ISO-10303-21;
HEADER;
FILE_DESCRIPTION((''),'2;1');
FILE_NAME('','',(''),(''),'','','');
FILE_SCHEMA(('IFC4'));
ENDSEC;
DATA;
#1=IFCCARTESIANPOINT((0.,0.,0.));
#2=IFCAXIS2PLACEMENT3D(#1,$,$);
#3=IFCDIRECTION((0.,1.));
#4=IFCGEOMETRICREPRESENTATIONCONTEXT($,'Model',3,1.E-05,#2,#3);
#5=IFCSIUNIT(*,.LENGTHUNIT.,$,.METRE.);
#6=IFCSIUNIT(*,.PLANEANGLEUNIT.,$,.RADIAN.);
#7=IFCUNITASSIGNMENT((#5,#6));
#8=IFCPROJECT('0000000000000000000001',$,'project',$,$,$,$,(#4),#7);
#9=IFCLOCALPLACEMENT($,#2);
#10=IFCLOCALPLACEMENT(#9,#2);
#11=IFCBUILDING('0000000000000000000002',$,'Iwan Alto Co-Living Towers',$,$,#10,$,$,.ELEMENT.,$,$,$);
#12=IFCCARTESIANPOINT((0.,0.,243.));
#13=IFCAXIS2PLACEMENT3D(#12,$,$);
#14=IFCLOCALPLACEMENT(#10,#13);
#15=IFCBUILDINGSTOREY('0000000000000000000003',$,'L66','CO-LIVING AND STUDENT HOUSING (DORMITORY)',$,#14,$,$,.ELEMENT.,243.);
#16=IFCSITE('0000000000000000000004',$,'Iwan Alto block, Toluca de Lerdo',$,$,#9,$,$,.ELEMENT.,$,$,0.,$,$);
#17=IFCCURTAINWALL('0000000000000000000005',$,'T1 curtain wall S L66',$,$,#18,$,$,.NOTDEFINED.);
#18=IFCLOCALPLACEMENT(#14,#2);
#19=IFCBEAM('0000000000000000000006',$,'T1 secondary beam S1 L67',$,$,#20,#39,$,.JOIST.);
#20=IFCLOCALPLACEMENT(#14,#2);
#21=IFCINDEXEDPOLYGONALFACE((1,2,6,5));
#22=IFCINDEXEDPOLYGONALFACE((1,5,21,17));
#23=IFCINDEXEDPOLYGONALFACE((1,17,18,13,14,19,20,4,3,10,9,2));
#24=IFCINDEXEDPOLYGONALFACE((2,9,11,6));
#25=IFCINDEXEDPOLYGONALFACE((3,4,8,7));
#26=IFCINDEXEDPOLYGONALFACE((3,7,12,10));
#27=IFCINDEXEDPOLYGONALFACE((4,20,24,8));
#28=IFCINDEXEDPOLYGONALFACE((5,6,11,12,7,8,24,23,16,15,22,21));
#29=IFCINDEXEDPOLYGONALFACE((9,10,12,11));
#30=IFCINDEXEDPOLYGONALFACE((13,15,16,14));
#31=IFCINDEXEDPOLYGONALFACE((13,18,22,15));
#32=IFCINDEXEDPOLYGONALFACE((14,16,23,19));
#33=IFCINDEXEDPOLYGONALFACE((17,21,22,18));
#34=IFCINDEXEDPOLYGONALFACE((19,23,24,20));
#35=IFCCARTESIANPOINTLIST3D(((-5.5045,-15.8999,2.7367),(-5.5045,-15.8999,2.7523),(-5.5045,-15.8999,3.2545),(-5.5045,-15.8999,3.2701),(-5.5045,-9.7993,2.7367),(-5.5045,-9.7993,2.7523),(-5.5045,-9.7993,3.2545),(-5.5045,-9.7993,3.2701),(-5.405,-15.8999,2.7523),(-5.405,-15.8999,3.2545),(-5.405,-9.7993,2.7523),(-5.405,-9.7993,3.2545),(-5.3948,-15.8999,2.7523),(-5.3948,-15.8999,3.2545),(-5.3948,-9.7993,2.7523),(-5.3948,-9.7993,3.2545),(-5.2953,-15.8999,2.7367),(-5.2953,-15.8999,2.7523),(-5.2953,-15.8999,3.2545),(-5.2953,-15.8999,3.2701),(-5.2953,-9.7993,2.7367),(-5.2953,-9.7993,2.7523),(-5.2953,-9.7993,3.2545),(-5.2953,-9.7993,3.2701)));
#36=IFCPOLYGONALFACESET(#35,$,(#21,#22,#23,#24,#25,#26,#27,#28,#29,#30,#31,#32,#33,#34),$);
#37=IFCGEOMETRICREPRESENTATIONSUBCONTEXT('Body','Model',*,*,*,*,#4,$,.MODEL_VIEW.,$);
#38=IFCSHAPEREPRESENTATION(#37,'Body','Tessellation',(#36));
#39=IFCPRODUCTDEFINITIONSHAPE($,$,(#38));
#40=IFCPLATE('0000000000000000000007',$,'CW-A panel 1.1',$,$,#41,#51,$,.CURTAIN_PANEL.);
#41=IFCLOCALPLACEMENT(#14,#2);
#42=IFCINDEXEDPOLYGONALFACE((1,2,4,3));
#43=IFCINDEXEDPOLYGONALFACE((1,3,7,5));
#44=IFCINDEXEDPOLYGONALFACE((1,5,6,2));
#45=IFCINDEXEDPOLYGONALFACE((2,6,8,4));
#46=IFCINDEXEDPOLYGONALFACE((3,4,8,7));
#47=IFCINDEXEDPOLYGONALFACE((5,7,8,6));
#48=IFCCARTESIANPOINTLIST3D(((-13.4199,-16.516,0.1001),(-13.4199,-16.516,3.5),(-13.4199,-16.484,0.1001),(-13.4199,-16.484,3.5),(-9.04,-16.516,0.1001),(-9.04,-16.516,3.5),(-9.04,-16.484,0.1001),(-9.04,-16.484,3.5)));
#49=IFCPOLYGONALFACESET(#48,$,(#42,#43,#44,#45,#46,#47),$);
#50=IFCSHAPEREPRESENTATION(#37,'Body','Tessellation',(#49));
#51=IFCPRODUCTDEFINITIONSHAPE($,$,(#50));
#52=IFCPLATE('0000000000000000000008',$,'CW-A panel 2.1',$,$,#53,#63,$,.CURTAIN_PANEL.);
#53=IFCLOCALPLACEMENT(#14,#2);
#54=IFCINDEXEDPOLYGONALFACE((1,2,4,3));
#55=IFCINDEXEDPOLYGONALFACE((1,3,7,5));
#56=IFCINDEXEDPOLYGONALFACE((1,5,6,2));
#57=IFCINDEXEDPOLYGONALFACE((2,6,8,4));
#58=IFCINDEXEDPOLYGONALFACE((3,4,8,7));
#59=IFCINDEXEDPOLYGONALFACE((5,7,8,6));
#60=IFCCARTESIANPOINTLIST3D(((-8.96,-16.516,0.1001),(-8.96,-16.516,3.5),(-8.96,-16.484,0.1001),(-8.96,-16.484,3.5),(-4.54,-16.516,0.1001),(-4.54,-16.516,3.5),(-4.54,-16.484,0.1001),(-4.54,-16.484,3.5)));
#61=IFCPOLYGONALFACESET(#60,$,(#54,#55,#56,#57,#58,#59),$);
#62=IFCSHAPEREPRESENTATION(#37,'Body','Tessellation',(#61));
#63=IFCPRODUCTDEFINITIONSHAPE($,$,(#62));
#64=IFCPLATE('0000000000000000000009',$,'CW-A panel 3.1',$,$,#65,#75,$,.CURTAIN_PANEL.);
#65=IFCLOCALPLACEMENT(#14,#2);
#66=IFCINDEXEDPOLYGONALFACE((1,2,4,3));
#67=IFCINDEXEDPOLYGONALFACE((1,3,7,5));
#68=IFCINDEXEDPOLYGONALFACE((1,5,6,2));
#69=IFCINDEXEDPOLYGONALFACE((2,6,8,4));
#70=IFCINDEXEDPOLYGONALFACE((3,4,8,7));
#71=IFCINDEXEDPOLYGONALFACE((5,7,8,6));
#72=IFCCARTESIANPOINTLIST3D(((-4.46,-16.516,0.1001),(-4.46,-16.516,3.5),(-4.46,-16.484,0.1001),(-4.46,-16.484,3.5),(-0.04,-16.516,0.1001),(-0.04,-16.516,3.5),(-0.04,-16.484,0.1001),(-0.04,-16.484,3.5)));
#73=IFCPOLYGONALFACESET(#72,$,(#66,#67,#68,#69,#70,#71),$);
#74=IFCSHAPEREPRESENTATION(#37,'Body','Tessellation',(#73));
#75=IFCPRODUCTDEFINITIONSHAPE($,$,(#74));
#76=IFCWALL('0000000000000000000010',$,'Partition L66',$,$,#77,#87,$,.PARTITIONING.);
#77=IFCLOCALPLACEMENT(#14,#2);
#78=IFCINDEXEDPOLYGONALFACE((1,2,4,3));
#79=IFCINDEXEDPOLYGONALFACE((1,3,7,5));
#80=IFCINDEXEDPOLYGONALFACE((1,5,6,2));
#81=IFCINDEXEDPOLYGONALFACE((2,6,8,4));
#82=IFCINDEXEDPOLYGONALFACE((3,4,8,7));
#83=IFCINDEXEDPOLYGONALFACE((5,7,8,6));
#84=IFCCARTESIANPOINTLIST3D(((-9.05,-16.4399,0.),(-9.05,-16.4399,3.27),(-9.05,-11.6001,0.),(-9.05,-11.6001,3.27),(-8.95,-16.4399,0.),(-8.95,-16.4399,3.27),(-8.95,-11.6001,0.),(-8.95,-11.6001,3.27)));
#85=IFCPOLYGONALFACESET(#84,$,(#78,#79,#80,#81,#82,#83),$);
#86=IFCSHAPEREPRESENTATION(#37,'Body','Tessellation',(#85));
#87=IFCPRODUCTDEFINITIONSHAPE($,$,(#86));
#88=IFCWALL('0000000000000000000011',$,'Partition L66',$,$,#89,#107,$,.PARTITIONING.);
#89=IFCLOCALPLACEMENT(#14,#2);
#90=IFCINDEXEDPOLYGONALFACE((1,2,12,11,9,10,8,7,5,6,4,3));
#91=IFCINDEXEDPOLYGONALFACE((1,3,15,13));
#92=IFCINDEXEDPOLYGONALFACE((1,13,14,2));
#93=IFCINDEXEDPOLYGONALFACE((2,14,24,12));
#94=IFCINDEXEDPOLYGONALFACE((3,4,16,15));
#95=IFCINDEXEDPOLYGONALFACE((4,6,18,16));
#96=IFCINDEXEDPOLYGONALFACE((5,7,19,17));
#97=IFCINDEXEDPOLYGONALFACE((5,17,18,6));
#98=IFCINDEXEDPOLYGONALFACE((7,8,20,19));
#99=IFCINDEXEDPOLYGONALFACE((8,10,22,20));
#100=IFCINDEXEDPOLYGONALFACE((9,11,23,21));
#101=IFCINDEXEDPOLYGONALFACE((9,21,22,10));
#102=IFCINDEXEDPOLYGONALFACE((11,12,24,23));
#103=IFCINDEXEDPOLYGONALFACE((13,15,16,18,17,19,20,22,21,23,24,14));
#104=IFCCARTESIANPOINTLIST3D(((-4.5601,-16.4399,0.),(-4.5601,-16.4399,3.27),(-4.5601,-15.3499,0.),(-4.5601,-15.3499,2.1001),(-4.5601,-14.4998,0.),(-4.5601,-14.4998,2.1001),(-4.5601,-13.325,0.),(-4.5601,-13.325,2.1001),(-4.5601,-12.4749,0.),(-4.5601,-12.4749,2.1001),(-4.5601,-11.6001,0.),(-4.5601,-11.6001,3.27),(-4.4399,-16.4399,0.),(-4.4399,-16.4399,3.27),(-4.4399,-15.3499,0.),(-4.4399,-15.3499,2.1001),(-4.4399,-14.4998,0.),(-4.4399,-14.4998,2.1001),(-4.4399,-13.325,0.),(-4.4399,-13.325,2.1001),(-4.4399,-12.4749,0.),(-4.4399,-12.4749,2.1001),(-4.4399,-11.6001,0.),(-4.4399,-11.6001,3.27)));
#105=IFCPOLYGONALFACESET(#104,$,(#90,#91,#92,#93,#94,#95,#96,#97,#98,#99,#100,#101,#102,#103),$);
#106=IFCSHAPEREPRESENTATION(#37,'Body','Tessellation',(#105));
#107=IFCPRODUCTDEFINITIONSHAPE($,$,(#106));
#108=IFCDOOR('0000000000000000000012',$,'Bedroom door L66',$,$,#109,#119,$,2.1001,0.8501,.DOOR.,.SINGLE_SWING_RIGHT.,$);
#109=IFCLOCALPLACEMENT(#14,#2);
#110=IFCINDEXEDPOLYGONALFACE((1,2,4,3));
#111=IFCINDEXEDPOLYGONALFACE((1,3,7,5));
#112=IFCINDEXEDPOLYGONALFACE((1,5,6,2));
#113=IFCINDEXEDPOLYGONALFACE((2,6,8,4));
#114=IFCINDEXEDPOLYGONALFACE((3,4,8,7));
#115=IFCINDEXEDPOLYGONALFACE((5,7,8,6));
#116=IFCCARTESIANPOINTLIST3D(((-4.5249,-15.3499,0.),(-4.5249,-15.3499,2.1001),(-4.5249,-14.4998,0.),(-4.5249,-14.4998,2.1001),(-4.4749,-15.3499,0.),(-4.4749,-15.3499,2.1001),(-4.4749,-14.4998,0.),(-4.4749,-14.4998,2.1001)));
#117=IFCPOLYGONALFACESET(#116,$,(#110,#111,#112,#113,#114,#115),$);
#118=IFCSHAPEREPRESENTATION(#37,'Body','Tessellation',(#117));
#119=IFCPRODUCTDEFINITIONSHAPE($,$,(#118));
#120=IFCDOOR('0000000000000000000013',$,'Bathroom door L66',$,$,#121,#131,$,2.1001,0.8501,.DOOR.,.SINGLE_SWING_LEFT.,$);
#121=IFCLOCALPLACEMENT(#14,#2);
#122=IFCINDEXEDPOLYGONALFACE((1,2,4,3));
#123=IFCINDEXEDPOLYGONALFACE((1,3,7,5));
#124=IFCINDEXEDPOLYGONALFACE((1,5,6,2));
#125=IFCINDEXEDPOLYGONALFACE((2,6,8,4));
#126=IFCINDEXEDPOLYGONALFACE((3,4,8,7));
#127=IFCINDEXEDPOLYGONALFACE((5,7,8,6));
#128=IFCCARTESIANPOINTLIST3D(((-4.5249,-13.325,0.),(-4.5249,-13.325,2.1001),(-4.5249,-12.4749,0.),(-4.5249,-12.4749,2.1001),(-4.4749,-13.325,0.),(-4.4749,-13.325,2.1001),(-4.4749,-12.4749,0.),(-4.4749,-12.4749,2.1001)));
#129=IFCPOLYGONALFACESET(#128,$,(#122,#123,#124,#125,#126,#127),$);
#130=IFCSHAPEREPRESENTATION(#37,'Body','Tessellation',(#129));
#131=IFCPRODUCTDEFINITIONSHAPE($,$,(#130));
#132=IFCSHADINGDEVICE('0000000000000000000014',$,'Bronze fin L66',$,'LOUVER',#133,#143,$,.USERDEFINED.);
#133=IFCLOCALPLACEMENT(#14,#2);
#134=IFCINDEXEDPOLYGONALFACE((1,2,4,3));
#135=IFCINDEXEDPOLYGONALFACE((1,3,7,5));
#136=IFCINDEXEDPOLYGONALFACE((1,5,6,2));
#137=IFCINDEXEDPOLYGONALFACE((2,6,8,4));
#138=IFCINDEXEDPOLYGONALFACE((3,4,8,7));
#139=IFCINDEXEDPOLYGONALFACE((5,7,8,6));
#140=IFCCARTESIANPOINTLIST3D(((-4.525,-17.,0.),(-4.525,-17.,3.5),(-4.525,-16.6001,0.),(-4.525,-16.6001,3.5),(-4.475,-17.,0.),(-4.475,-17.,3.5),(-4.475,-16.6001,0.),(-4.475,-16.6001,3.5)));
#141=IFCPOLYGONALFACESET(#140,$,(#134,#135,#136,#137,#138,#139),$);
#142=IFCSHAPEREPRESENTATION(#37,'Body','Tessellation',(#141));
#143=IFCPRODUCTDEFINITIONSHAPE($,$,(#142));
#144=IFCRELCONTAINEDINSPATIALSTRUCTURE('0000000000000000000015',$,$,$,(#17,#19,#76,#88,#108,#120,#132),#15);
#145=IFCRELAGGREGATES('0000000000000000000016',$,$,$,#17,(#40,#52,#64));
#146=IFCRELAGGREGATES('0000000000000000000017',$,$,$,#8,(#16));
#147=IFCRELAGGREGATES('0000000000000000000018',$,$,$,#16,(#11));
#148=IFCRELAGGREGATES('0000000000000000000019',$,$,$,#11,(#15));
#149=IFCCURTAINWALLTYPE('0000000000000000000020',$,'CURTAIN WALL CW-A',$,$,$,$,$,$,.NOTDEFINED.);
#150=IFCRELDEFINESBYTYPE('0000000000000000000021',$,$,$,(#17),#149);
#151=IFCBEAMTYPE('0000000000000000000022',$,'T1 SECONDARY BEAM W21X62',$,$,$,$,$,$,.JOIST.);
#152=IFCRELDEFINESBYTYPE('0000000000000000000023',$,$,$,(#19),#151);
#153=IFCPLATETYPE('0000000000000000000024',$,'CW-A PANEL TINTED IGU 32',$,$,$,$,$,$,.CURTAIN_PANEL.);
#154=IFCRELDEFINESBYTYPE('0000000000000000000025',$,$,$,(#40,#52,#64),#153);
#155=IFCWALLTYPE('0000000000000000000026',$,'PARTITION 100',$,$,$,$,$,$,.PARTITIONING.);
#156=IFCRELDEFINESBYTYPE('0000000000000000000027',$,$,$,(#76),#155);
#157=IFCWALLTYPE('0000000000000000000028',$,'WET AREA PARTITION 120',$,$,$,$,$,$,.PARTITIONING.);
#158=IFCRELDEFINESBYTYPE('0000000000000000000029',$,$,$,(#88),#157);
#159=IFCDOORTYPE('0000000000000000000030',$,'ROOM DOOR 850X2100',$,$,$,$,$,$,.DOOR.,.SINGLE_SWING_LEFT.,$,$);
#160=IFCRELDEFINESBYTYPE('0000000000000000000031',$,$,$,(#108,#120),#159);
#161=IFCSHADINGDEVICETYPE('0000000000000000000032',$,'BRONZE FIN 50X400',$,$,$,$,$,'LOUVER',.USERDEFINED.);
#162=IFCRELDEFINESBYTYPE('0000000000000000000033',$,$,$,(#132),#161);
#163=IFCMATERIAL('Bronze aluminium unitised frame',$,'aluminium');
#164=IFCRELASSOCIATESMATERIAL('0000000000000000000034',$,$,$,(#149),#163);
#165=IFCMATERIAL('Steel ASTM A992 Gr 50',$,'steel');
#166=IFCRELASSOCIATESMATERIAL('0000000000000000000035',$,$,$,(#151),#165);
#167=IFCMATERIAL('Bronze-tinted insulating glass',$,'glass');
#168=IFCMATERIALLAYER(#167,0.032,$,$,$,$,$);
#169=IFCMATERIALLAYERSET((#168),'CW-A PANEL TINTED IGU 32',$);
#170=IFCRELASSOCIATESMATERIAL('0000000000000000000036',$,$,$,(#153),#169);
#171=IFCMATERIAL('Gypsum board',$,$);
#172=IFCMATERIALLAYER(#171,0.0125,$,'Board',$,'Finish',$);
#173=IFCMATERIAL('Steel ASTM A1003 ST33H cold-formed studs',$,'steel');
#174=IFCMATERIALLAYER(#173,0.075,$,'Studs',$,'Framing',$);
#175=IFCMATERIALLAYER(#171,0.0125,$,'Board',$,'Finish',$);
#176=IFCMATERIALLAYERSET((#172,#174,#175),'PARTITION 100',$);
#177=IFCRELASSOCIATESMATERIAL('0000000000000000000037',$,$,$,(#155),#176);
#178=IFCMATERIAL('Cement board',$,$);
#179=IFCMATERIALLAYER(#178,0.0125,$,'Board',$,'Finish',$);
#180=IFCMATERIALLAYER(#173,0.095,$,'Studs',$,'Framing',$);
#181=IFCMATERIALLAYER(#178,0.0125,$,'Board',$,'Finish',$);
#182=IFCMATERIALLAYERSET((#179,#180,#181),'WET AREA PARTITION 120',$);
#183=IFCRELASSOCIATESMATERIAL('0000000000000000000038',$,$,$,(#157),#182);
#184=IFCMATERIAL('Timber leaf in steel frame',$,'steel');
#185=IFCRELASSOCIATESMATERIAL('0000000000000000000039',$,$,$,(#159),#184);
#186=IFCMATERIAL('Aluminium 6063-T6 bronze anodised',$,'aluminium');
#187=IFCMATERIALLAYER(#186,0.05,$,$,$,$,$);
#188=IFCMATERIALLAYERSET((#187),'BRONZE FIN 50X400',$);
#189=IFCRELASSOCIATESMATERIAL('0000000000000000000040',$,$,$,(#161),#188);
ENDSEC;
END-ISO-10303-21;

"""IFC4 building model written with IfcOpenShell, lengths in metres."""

from ifc_helpers import new_model, si_unit, direction, frame, frame_2d, origin, origin_2d, place, context, subcontext, project, spatial, rectangle, i_section, extrude, material, layer, layer_set, material_profile, profile_set, type_object, element, fill, aggregate, save


model = new_model("IFC4")

# Units and contexts
model_context = context("Model", 3, precision=1e-05, world=origin(), true_north=direction((0.0, 1.0)))
body_context = subcontext(model_context, "Body", "Model", "MODEL_VIEW")
ifc_project = project(units=[si_unit("LENGTHUNIT", "METRE"), si_unit("PLANEANGLEUNIT", "RADIAN")], contexts=[model_context])

# Site, building, storey
site_placement = place(None, origin())
site = spatial("IfcSite", under=ifc_project, at=site_placement, Name="Iwan Alto block, Toluca de Lerdo", CompositionType="ELEMENT", RefElevation=0.0)
building_placement = place(site_placement, origin())
building = spatial("IfcBuilding", under=site, at=building_placement, Name="Iwan Alto Co-Living Towers", CompositionType="ELEMENT")
storey_placement = place(building_placement, frame((0.0, 0.0, 243.0)))
storey = spatial("IfcBuildingStorey", under=building, at=storey_placement, Name="L66", Description="CO-LIVING AND STUDENT HOUSING (DORMITORY)", CompositionType="ELEMENT", Elevation=243.0)

# Curtain wall
ifc_material_1 = material(Name="Bronze aluminium unitised frame", Category="aluminium")
curtain_wall_type_1 = type_object("IfcCurtainWallType", Name="CURTAIN WALL CW-A", PredefinedType="NOTDEFINED", material=ifc_material_1)
curtain_wall_1_placement = place(storey_placement, origin())
curtain_wall_1 = element("IfcCurtainWall", 1, at=curtain_wall_1_placement, inside=storey, type_object=curtain_wall_type_1, Name="T1 curtain wall S L66", PredefinedType="NOTDEFINED")

# Beam
ifc_material_2 = material(Name="Steel ASTM A992 Gr 50", Category="steel")
ifc_material_profile_1 = material_profile(ifc_material_2, i_section(OverallWidth=0.2092, OverallDepth=0.5334, WebThickness=0.0103, FlangeThickness=0.0156, at=origin_2d()), Name="W21X62")
ifc_profile_set_1 = profile_set([ifc_material_profile_1], Name="Steel ASTM A992 Gr 50")
beam_type_1 = type_object("IfcBeamType", Name="T1 SECONDARY BEAM W21X62", PredefinedType="JOIST", material=ifc_profile_set_1)
beam_1_placement = place(storey_placement, frame((-5.3999, -15.8999, 3.0034), z_axis=(0.0, 1.0, 0.0), x_axis=(-1.0, 0.0, 0.0)))
element("IfcBeam", 2, at=beam_1_placement, inside=storey, type_object=beam_type_1, Name="T1 secondary beam S1 L67", PredefinedType="JOIST", context=body_context, shape_type="SweptSolid", body=[
    extrude(i_section(OverallWidth=0.2092, OverallDepth=0.5334, WebThickness=0.0103, FlangeThickness=0.0156, at=origin_2d()), origin(), (0.0, 0.0, 1.0), 6.1006),
])

# Plates
ifc_material_3 = material(Name="Bronze-tinted insulating glass", Category="glass")
ifc_layer_1 = layer(ifc_material_3, 0.032)
ifc_layer_set_1 = layer_set([ifc_layer_1], Name="CW-A PANEL TINTED IGU 32")
plate_type = type_object("IfcPlateType", Name="CW-A PANEL TINTED IGU 32", PredefinedType="CURTAIN_PANEL", material=ifc_layer_set_1)
plate_1_placement = place(storey_placement, frame((-11.23, -16.5, 0.1001), z_axis=(0.0, 0.0, 1.0), x_axis=(1.0, 0.0, 0.0)))
plate_1 = element("IfcPlate", 3, at=plate_1_placement, type_object=plate_type, Name="CW-A panel 1.1", PredefinedType="CURTAIN_PANEL", context=body_context, shape_type="SweptSolid", body=[
    extrude(rectangle(XDim=4.3799, YDim=0.032, at=origin_2d()), origin(), (0.0, 0.0, 1.0), 3.3999),
])
plate_2_placement = place(storey_placement, frame((-6.75, -16.5, 0.1001), z_axis=(0.0, 0.0, 1.0), x_axis=(1.0, 0.0, 0.0)))
plate_2 = element("IfcPlate", 4, at=plate_2_placement, type_object=plate_type, Name="CW-A panel 2.1", PredefinedType="CURTAIN_PANEL", context=body_context, shape_type="SweptSolid", body=[
    extrude(rectangle(XDim=4.4199, YDim=0.032, at=origin_2d()), origin(), (0.0, 0.0, 1.0), 3.3999),
])
plate_3_placement = place(storey_placement, frame((-2.25, -16.5, 0.1001), z_axis=(0.0, 0.0, 1.0), x_axis=(1.0, 0.0, 0.0)))
plate_3 = element("IfcPlate", 5, at=plate_3_placement, type_object=plate_type, Name="CW-A panel 3.1", PredefinedType="CURTAIN_PANEL", context=body_context, shape_type="SweptSolid", body=[
    extrude(rectangle(XDim=4.4199, YDim=0.032, at=origin_2d()), origin(), (0.0, 0.0, 1.0), 3.3999),
])
aggregate(curtain_wall_1, [plate_1, plate_2, plate_3])

# Wall
ifc_material_4 = material(Name="Gypsum board")
ifc_layer_2 = layer(ifc_material_4, 0.0125, Name="Board", Category="Finish")
ifc_material_5 = material(Name="Steel ASTM A1003 ST33H cold-formed studs", Category="steel")
ifc_layer_3 = layer(ifc_material_5, 0.075, Name="Studs", Category="Framing")
ifc_layer_4 = layer(ifc_material_4, 0.0125, Name="Board", Category="Finish")
ifc_layer_set_2 = layer_set([ifc_layer_2, ifc_layer_3, ifc_layer_4], Name="PARTITION 100")
wall_type_1 = type_object("IfcWallType", Name="PARTITION 100", PredefinedType="PARTITIONING", material=ifc_layer_set_2)
wall_1_placement = place(storey_placement, frame((-9.0, -16.4399, 0.0), z_axis=(0.0, 0.0, 1.0), x_axis=(0.0, 1.0, 0.0)))
element("IfcWall", 6, at=wall_1_placement, inside=storey, type_object=wall_type_1, Name="Partition L66", PredefinedType="PARTITIONING", context=body_context, shape_type="SweptSolid", body=[
    extrude(rectangle(XDim=4.8398, YDim=0.1001, at=frame_2d((2.4199, 0.0))), origin(), (0.0, 0.0, 1.0), 3.27),
])

# Wall, openings, doors
ifc_material_6 = material(Name="Cement board")
ifc_layer_5 = layer(ifc_material_6, 0.0125, Name="Board", Category="Finish")
ifc_layer_6 = layer(ifc_material_5, 0.095, Name="Studs", Category="Framing")
ifc_layer_7 = layer(ifc_material_6, 0.0125, Name="Board", Category="Finish")
ifc_layer_set_3 = layer_set([ifc_layer_5, ifc_layer_6, ifc_layer_7], Name="WET AREA PARTITION 120")
wall_type_2 = type_object("IfcWallType", Name="WET AREA PARTITION 120", PredefinedType="PARTITIONING", material=ifc_layer_set_3)
wall_2_placement = place(storey_placement, frame((-4.5, -16.4399, 0.0), z_axis=(0.0, 0.0, 1.0), x_axis=(0.0, 1.0, 0.0)))
wall_2 = element("IfcWall", 7, at=wall_2_placement, inside=storey, type_object=wall_type_2, Name="Partition L66", PredefinedType="PARTITIONING", context=body_context, shape_type="SweptSolid", body=[
    extrude(rectangle(XDim=4.8398, YDim=0.1201, at=frame_2d((2.4199, 0.0))), origin(), (0.0, 0.0, 1.0), 3.27),
])
opening_1_placement = place(wall_2_placement, frame((1.0901, 0.0, 0.0)))
opening_1 = element("IfcOpeningElement", 8, at=opening_1_placement, cuts=wall_2, PredefinedType="OPENING", context=body_context, shape_type="SweptSolid", body=[
    extrude(rectangle(XDim=0.8501, YDim=2.1001, at=frame_2d((0.425, 1.05))), frame((0.0, 0.0701, 0.0), z_axis=(0.0, -1.0, 0.0), x_axis=(1.0, 0.0, 0.0)), (0.0, 0.0, 1.0), 0.1401),
])
opening_2_placement = place(wall_2_placement, frame((3.115, 0.0, 0.0)))
opening_2 = element("IfcOpeningElement", 9, at=opening_2_placement, cuts=wall_2, PredefinedType="OPENING", context=body_context, shape_type="SweptSolid", body=[
    extrude(rectangle(XDim=0.8501, YDim=2.1001, at=frame_2d((0.425, 1.05))), frame((0.0, 0.0701, 0.0), z_axis=(0.0, -1.0, 0.0), x_axis=(1.0, 0.0, 0.0)), (0.0, 0.0, 1.0), 0.1401),
])
ifc_material_7 = material(Name="Timber leaf in steel frame", Category="steel")
door_type = type_object("IfcDoorType", Name="ROOM DOOR 850X2100", OperationType="SINGLE_SWING_LEFT", PredefinedType="DOOR", material=ifc_material_7)
door_1_placement = place(opening_1_placement, origin())
door_1 = element("IfcDoor", 10, at=door_1_placement, inside=storey, type_object=door_type, Name="Bedroom door L66", OperationType="SINGLE_SWING_RIGHT", OverallHeight=2.1001, OverallWidth=0.8501, PredefinedType="DOOR", context=body_context, shape_type="SweptSolid", body=[
    extrude(rectangle(XDim=0.8501, YDim=2.1001, at=frame_2d((0.425, 1.05))), frame((0.0, 0.0249, 0.0), z_axis=(0.0, -1.0, 0.0), x_axis=(1.0, 0.0, 0.0)), (0.0, 0.0, 1.0), 0.05),
])
fill(opening_1, door_1)
door_2_placement = place(opening_2_placement, origin())
door_2 = element("IfcDoor", 11, at=door_2_placement, inside=storey, type_object=door_type, Name="Bathroom door L66", OperationType="SINGLE_SWING_LEFT", OverallHeight=2.1001, OverallWidth=0.8501, PredefinedType="DOOR", context=body_context, shape_type="SweptSolid", body=[
    extrude(rectangle(XDim=0.8501, YDim=2.1001, at=frame_2d((0.425, 1.05))), frame((0.0, 0.0249, 0.0), z_axis=(0.0, -1.0, 0.0), x_axis=(1.0, 0.0, 0.0)), (0.0, 0.0, 1.0), 0.05),
])
fill(opening_2, door_2)

# Shading device
ifc_material_8 = material(Name="Aluminium 6063-T6 bronze anodised", Category="aluminium")
ifc_layer_8 = layer(ifc_material_8, 0.05)
ifc_layer_set_4 = layer_set([ifc_layer_8], Name="BRONZE FIN 50X400")
shading_device_type = type_object("IfcShadingDeviceType", Name="BRONZE FIN 50X400", ElementType="LOUVER", PredefinedType="USERDEFINED", material=ifc_layer_set_4)
shading_device_placement = place(storey_placement, frame((-4.5, -16.8, 0.0), z_axis=(0.0, 0.0, 1.0), x_axis=(1.0, 0.0, 0.0)))
element("IfcShadingDevice", 12, at=shading_device_placement, inside=storey, type_object=shading_device_type, Name="Bronze fin L66", ObjectType="LOUVER", PredefinedType="USERDEFINED", context=body_context, shape_type="SweptSolid", body=[
    extrude(rectangle(XDim=0.05, YDim=0.3999, at=origin_2d()), origin(), (0.0, 0.0, 1.0), 3.5),
])

save(model, "model.ifc")
